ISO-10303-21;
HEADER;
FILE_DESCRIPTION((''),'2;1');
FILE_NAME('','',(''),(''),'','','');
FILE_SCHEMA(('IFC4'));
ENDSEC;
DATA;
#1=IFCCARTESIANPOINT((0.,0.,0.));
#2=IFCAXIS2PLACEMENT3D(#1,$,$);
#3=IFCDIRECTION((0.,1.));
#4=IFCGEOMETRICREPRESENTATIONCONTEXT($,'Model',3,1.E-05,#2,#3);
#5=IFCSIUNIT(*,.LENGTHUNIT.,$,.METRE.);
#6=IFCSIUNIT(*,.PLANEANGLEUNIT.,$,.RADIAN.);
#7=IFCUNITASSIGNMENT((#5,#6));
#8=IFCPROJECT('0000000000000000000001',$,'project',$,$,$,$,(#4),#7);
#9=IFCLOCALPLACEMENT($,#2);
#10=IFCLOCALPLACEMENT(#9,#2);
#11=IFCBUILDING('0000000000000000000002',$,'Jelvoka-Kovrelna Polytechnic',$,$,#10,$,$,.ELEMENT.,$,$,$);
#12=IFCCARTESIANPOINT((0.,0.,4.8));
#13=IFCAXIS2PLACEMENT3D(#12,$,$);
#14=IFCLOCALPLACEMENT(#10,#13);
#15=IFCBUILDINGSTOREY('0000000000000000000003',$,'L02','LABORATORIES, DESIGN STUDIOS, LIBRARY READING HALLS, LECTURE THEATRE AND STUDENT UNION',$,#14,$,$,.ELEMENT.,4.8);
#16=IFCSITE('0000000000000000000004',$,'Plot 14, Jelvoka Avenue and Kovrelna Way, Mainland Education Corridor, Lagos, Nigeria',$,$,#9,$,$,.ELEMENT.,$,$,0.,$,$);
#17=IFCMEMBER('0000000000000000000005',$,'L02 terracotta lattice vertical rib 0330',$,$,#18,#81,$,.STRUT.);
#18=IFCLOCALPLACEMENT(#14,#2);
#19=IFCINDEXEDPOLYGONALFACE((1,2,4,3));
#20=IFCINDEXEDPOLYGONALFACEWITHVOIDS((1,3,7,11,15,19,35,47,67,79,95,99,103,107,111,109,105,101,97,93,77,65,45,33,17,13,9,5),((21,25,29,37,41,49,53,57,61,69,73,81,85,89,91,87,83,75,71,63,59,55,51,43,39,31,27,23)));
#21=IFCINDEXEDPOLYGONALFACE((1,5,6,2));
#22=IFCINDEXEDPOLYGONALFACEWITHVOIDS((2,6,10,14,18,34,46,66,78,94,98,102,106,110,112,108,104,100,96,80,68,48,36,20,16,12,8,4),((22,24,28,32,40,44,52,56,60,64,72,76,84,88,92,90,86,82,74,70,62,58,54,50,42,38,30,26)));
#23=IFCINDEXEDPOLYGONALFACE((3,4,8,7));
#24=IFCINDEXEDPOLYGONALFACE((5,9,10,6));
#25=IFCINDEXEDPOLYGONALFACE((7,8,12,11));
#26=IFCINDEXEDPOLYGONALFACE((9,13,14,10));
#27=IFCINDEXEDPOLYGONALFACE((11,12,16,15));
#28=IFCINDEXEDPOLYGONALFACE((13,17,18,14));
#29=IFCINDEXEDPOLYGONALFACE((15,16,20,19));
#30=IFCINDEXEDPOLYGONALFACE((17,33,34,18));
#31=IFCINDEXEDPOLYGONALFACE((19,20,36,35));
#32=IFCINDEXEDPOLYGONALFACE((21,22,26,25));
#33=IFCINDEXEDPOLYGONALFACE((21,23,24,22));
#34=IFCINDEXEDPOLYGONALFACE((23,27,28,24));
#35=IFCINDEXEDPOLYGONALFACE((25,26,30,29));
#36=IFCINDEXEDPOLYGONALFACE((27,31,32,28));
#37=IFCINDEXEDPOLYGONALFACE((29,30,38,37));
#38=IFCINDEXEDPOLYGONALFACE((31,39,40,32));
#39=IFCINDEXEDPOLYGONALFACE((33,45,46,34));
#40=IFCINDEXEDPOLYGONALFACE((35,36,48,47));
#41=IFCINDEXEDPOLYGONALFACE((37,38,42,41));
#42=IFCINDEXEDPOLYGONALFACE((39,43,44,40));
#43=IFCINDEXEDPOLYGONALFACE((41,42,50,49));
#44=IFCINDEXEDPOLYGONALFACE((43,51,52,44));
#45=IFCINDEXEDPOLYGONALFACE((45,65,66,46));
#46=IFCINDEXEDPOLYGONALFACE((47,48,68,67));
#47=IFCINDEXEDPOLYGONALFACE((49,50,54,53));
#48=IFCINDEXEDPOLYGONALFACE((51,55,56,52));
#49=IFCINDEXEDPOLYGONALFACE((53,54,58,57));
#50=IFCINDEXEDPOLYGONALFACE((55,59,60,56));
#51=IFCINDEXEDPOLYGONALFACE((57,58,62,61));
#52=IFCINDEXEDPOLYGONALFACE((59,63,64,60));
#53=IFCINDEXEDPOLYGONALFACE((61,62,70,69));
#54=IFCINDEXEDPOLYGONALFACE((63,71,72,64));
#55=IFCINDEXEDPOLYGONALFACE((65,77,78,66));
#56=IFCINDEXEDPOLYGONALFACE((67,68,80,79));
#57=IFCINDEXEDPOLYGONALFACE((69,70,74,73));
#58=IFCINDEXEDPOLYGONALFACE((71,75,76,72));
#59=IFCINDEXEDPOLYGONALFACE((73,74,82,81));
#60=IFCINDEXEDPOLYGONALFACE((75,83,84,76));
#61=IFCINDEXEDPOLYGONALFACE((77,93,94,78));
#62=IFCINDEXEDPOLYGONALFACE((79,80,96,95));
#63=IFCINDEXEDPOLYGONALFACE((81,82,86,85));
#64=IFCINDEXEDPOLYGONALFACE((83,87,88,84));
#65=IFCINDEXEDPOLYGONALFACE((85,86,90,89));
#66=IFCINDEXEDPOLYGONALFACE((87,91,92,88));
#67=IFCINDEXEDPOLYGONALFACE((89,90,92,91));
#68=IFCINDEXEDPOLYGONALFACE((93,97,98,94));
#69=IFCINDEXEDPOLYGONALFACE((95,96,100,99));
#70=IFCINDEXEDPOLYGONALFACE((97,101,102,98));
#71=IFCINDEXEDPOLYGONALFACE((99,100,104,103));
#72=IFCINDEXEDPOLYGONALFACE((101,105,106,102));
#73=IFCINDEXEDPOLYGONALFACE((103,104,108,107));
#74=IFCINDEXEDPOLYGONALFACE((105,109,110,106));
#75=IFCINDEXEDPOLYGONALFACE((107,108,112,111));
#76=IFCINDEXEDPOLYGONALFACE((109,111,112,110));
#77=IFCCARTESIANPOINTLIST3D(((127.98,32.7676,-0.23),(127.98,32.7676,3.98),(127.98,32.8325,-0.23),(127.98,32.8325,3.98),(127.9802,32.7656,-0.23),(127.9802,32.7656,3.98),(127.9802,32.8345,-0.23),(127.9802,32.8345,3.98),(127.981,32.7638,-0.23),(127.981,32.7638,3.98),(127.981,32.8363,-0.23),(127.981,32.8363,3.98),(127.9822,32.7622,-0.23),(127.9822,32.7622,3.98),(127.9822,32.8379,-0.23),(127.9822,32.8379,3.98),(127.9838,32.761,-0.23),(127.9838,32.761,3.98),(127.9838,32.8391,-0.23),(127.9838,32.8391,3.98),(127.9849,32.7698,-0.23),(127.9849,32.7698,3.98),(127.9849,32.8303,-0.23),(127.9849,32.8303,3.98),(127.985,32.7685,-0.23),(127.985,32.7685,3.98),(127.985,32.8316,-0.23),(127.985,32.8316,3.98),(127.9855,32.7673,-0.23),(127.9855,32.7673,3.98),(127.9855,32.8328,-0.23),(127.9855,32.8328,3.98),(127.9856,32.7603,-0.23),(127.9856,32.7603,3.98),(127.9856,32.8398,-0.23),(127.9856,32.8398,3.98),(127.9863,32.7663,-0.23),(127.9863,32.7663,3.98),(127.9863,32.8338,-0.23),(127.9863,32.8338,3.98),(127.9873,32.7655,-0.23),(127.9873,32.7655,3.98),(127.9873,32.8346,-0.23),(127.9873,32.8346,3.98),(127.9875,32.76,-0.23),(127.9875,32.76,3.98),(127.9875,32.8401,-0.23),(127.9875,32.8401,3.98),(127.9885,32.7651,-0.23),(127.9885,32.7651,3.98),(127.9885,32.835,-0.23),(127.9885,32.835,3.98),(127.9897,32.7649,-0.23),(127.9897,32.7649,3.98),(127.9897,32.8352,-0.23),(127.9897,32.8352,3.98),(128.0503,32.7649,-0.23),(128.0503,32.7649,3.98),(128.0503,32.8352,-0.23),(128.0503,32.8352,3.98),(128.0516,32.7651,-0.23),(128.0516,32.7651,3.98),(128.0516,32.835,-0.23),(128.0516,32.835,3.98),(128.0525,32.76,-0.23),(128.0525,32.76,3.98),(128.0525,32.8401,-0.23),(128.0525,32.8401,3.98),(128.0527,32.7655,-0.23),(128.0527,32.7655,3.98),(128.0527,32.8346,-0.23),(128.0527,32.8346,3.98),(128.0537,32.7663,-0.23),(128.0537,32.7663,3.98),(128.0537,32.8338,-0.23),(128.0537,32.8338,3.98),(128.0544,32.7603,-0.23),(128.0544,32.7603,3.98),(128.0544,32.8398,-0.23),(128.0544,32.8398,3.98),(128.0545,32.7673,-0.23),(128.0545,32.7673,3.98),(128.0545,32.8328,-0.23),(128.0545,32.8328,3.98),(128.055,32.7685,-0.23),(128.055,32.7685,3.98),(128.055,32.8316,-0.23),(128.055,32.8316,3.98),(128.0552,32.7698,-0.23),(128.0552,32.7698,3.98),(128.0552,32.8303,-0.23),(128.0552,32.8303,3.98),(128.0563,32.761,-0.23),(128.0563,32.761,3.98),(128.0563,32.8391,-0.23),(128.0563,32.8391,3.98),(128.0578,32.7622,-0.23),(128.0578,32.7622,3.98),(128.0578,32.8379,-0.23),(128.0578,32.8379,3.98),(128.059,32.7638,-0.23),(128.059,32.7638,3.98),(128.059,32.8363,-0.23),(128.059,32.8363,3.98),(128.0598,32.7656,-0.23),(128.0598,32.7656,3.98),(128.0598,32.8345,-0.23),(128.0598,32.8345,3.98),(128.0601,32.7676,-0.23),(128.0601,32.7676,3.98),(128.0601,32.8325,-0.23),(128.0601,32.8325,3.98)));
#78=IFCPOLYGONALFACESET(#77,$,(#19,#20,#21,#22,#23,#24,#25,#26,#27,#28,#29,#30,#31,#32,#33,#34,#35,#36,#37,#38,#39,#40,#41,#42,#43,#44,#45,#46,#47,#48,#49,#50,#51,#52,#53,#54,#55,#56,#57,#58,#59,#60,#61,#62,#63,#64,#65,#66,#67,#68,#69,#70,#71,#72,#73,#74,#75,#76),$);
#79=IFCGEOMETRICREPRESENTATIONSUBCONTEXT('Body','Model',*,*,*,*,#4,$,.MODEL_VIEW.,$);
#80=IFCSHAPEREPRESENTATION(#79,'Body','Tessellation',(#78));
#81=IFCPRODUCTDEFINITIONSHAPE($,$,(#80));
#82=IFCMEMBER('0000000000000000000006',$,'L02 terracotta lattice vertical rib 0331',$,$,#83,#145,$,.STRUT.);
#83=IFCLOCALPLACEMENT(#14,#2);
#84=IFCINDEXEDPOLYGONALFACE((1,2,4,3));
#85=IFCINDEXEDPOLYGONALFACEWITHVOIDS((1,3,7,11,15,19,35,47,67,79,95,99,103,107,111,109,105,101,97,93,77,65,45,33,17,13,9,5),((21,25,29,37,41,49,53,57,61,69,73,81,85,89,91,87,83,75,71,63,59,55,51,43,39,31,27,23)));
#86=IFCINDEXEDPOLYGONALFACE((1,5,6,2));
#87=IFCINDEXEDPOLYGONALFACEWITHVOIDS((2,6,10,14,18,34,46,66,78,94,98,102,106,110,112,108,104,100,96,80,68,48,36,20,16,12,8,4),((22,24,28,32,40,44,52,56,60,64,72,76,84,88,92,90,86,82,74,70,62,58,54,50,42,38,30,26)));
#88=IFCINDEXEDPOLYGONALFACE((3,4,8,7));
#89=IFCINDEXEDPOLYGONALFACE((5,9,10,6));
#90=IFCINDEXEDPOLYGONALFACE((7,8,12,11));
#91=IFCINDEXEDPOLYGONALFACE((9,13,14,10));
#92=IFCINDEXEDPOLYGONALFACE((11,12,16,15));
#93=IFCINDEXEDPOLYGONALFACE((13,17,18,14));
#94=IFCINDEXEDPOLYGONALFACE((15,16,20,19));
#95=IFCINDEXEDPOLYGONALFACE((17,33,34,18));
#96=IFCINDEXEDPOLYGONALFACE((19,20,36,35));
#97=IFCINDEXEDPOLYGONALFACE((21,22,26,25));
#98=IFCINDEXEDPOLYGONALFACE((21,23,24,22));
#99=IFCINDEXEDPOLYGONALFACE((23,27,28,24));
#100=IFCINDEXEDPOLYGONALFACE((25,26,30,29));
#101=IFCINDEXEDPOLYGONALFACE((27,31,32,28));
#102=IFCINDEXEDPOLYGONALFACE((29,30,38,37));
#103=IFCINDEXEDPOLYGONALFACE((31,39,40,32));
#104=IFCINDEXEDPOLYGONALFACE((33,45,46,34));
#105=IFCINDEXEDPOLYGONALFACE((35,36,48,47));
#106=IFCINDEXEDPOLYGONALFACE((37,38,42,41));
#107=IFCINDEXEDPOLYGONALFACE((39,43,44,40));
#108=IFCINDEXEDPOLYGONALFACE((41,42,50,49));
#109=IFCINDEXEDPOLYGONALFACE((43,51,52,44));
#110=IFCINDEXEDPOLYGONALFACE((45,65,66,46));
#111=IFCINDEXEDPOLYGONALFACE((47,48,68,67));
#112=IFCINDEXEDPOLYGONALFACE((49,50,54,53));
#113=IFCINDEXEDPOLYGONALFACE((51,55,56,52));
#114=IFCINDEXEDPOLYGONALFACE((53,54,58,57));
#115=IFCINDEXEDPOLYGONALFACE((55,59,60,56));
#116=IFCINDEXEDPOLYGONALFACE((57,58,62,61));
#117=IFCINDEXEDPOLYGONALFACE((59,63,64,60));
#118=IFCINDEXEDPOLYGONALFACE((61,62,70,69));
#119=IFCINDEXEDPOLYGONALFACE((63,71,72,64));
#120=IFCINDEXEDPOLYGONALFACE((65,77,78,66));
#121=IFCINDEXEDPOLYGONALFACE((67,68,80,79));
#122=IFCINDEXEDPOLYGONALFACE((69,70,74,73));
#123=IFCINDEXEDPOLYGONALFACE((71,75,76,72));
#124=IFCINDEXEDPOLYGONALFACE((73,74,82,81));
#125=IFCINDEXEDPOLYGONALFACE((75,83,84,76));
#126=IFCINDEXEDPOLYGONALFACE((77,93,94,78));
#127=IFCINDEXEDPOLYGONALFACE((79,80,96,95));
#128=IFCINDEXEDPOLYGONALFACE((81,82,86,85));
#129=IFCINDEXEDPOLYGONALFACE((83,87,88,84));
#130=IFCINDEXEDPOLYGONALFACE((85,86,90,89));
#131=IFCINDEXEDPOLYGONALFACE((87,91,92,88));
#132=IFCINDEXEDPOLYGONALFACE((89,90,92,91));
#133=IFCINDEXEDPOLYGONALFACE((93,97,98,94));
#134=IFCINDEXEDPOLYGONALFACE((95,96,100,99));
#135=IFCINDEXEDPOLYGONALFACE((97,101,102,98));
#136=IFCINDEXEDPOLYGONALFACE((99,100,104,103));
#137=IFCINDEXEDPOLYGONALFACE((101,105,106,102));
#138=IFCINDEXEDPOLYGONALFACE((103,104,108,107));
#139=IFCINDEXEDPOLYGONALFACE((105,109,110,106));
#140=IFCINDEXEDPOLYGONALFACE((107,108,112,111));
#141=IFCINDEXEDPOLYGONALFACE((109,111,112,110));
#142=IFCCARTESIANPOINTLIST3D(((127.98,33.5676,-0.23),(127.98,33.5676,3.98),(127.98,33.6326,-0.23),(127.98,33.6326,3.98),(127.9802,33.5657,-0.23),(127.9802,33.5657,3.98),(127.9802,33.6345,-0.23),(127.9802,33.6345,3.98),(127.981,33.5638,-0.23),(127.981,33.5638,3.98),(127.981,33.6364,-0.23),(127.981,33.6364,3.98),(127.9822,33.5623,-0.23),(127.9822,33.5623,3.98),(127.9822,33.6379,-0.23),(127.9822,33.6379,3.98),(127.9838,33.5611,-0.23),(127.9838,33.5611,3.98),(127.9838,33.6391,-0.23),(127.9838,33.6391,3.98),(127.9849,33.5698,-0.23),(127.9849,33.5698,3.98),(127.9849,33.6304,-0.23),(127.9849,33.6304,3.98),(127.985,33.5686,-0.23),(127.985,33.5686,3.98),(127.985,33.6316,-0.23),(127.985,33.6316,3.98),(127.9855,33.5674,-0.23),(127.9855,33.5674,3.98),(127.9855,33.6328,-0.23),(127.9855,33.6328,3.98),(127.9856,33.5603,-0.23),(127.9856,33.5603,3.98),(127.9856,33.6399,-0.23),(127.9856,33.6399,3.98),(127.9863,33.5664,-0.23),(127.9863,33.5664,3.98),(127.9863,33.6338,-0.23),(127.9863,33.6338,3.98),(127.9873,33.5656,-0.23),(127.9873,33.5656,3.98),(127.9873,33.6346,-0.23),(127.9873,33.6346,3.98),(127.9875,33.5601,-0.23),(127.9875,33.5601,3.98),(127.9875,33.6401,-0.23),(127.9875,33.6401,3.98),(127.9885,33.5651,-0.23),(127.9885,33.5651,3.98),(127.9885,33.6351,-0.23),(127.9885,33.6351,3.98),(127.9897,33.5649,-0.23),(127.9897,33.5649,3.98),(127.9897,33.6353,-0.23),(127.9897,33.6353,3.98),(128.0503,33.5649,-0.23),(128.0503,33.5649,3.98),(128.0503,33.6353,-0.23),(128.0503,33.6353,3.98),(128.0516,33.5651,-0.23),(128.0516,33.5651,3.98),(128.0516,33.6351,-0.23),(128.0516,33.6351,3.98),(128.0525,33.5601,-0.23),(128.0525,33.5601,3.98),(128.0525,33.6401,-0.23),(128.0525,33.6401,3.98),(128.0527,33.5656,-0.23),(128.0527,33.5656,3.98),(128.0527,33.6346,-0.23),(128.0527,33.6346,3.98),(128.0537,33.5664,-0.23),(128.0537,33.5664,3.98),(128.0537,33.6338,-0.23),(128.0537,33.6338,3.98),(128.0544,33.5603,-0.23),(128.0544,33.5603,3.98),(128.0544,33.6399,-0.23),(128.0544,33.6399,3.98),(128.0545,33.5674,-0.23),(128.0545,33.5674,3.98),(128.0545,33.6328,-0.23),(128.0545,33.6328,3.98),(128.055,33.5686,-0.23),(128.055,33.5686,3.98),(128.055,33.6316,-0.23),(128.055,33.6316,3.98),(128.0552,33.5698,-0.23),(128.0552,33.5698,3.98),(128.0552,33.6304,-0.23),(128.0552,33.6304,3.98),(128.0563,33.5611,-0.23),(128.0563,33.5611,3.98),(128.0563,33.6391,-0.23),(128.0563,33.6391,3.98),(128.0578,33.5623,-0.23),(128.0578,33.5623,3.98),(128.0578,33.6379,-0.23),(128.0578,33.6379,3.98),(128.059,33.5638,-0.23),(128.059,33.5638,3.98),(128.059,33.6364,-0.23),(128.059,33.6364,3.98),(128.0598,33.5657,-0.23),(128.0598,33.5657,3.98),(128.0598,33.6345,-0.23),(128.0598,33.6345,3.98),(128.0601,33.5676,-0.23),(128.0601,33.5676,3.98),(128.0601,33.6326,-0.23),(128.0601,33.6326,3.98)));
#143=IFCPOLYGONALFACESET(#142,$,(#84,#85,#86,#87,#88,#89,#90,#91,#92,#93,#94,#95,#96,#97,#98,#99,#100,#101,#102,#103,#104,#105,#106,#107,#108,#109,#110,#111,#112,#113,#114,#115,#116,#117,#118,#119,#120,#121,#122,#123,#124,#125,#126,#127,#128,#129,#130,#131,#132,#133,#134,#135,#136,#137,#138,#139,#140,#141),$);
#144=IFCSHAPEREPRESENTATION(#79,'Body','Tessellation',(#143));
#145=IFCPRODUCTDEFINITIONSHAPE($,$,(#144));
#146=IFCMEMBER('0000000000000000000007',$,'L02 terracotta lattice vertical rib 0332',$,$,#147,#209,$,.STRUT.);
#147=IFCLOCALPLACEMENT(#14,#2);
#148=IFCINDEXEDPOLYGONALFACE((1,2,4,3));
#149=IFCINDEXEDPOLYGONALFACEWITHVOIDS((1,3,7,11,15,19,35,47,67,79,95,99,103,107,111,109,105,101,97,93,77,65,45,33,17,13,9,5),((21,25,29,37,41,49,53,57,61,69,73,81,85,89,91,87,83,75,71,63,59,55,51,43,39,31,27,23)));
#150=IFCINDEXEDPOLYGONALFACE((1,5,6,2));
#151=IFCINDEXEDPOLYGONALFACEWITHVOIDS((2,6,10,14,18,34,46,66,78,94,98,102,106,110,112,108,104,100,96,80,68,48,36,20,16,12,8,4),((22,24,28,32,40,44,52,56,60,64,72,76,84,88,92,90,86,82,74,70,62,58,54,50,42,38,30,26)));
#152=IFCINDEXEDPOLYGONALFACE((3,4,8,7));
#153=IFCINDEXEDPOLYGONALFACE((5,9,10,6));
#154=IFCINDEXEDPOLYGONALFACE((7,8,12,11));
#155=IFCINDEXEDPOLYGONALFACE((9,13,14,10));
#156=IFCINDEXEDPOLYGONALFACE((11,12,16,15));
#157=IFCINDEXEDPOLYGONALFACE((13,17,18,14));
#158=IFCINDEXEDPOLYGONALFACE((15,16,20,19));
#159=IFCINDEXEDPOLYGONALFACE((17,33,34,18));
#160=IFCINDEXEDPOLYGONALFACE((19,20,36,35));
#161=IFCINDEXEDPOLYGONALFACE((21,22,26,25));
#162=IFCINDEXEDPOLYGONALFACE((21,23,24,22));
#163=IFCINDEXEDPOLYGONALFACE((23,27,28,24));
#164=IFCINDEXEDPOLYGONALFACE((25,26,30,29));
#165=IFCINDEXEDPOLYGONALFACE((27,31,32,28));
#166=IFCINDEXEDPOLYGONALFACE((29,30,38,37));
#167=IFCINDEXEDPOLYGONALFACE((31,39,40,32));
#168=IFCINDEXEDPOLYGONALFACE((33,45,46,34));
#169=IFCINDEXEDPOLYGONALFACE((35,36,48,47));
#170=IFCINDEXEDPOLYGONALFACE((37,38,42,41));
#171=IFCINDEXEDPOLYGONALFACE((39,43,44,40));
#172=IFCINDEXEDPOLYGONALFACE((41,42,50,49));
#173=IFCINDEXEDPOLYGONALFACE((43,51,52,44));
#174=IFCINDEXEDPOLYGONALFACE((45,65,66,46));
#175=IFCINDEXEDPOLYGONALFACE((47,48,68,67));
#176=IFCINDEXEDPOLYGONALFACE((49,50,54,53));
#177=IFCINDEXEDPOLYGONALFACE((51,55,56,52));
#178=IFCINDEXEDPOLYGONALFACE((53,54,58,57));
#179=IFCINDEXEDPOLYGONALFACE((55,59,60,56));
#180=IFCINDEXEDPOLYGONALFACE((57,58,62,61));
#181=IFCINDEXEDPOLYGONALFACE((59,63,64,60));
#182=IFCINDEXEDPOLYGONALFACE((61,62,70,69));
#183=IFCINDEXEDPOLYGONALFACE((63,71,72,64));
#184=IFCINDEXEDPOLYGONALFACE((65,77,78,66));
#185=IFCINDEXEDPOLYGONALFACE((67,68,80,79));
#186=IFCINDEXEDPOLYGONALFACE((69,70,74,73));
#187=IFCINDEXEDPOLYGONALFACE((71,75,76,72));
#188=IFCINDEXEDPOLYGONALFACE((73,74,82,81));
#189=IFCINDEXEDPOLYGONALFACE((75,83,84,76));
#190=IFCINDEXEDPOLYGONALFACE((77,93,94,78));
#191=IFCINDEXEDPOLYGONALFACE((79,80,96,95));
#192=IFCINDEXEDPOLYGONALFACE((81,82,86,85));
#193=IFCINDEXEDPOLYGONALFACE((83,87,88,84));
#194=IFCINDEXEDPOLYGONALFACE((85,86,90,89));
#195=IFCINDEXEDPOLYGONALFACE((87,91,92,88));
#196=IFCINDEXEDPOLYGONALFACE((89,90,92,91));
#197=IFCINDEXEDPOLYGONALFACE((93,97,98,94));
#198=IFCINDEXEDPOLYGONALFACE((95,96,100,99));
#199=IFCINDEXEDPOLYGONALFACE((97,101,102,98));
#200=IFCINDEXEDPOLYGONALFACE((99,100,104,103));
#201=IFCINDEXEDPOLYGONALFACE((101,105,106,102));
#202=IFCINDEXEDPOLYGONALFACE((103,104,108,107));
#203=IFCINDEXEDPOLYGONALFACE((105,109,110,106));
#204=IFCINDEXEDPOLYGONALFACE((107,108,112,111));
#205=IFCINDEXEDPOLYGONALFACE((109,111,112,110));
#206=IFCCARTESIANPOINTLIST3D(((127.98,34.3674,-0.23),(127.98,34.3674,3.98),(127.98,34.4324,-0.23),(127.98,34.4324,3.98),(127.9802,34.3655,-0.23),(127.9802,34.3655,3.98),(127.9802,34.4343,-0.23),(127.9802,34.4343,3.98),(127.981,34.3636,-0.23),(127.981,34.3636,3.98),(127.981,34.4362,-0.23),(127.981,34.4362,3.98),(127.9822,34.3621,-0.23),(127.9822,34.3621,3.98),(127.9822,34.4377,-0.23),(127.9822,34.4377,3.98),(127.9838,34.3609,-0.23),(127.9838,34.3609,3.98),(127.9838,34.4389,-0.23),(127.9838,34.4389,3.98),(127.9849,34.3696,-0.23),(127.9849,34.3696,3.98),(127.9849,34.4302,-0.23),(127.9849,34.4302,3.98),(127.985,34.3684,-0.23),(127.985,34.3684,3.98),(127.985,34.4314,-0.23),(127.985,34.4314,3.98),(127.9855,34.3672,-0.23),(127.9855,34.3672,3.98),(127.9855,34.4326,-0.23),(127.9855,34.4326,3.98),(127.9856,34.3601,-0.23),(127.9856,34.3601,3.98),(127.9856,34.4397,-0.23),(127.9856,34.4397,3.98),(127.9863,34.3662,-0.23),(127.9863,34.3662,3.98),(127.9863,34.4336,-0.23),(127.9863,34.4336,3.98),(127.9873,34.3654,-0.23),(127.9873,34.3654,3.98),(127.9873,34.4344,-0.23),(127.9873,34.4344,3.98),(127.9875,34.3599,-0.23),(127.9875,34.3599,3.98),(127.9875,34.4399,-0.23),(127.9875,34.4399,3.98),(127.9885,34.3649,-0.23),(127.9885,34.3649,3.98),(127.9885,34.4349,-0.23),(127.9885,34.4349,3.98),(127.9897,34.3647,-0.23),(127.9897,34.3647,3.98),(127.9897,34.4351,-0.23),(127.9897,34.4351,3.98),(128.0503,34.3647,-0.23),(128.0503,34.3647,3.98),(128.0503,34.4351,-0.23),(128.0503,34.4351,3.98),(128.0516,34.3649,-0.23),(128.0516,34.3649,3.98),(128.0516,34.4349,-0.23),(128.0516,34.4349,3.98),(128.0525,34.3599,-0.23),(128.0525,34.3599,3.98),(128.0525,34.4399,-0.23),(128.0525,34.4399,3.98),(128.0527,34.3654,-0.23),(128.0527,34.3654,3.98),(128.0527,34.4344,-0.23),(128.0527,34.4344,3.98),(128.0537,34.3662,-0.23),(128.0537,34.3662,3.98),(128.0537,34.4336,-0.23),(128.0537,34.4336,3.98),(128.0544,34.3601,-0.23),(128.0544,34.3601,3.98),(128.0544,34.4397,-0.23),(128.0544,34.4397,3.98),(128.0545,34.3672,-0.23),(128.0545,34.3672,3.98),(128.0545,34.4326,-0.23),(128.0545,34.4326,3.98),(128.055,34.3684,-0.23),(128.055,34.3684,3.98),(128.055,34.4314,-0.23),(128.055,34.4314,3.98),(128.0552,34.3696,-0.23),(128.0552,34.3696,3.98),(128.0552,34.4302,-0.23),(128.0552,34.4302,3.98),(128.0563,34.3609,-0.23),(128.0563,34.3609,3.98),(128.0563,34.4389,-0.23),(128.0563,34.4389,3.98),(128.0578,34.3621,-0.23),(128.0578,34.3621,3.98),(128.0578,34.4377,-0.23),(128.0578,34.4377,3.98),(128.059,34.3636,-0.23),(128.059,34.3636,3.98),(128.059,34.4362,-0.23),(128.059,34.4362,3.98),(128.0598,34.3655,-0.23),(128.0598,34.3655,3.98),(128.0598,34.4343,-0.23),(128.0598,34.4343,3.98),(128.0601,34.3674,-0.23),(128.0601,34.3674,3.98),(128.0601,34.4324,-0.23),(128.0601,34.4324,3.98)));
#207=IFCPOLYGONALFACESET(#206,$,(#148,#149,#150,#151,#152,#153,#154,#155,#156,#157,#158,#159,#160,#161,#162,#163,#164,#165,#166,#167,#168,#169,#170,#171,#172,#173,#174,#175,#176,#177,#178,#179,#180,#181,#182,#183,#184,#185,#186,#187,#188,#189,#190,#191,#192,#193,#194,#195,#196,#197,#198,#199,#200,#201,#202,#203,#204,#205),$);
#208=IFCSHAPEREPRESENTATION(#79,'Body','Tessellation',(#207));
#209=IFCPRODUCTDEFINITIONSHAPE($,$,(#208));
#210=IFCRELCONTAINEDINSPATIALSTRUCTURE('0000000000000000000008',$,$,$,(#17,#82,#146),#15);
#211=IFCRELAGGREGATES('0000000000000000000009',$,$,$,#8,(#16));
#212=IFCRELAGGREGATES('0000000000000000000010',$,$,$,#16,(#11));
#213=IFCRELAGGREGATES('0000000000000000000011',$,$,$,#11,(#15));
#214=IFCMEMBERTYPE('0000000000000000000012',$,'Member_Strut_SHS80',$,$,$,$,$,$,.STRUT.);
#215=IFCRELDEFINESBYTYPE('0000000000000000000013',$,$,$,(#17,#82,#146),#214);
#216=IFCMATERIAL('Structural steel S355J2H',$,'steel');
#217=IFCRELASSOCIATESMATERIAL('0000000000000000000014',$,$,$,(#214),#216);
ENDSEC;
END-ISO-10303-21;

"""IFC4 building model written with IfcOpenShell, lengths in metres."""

from ifc_helpers import new_model, si_unit, direction, frame, origin, origin_2d, place, context, subcontext, project, spatial, hollow_rectangle, extrude, material, material_profile, profile_set, type_object, element, save


model = new_model("IFC4")

# Units and contexts
model_context = context("Model", 3, precision=1e-05, world=origin(), true_north=direction((0.0, 1.0)))
body_context = subcontext(model_context, "Body", "Model", "MODEL_VIEW")
ifc_project = project(units=[si_unit("LENGTHUNIT", "METRE"), si_unit("PLANEANGLEUNIT", "RADIAN")], contexts=[model_context])

# Site, building, storey
site_placement = place(None, origin())
site = spatial("IfcSite", under=ifc_project, at=site_placement, Name="Plot 14, Jelvoka Avenue and Kovrelna Way, Mainland Education Corridor, Lagos, Nigeria", CompositionType="ELEMENT", RefElevation=0.0)
building_placement = place(site_placement, origin())
building = spatial("IfcBuilding", under=site, at=building_placement, Name="Jelvoka-Kovrelna Polytechnic", CompositionType="ELEMENT")
storey_placement = place(building_placement, frame((0.0, 0.0, 4.8)))
storey = spatial("IfcBuildingStorey", under=building, at=storey_placement, Name="L02", Description="LABORATORIES, DESIGN STUDIOS, LIBRARY READING HALLS, LECTURE THEATRE AND STUDENT UNION", CompositionType="ELEMENT", Elevation=4.8)

# Members
ifc_material_1 = material(Name="Structural steel S355J2H", Category="steel")
ifc_material_profile_1 = material_profile(ifc_material_1, hollow_rectangle(XDim=0.0801, YDim=0.0801, WallThickness=0.0049, InnerFilletRadius=0.0049, OuterFilletRadius=0.0076, at=origin_2d()), Name="80x80x5.0 SHS")
ifc_profile_set_1 = profile_set([ifc_material_profile_1], Name="Structural steel S355J2H")
member_type_1 = type_object("IfcMemberType", Name="Member_Strut_SHS80", PredefinedType="STRUT", material=ifc_profile_set_1)
for number, where, z_axis, x_axis, name in (
    (1, (128.02, 32.8, -0.23), (0.0, 0.0, 1.0), (1.0, 0.0, 0.0), "L02 terracotta lattice vertical rib 0330"),
    (2, (128.02, 33.6001, -0.23), (0.0, 0.0, 1.0), (1.0, 0.0, 0.0), "L02 terracotta lattice vertical rib 0331"),
    (3, (128.02, 34.3999, -0.23), (0.0, 0.0, 1.0), (1.0, 0.0, 0.0), "L02 terracotta lattice vertical rib 0332"),
):
    element("IfcMember", number, at=place(storey_placement, frame(where, z_axis=z_axis, x_axis=x_axis)), inside=storey, type_object=member_type_1, Name=name, PredefinedType="STRUT", context=body_context, shape_type="SweptSolid", body=[
        extrude(hollow_rectangle(XDim=0.0801, YDim=0.0801, WallThickness=0.0049, InnerFilletRadius=0.0049, OuterFilletRadius=0.0076, at=origin_2d()), origin(), (0.0, 0.0, 1.0), 4.21),
    ])

save(model, "model.ifc")
